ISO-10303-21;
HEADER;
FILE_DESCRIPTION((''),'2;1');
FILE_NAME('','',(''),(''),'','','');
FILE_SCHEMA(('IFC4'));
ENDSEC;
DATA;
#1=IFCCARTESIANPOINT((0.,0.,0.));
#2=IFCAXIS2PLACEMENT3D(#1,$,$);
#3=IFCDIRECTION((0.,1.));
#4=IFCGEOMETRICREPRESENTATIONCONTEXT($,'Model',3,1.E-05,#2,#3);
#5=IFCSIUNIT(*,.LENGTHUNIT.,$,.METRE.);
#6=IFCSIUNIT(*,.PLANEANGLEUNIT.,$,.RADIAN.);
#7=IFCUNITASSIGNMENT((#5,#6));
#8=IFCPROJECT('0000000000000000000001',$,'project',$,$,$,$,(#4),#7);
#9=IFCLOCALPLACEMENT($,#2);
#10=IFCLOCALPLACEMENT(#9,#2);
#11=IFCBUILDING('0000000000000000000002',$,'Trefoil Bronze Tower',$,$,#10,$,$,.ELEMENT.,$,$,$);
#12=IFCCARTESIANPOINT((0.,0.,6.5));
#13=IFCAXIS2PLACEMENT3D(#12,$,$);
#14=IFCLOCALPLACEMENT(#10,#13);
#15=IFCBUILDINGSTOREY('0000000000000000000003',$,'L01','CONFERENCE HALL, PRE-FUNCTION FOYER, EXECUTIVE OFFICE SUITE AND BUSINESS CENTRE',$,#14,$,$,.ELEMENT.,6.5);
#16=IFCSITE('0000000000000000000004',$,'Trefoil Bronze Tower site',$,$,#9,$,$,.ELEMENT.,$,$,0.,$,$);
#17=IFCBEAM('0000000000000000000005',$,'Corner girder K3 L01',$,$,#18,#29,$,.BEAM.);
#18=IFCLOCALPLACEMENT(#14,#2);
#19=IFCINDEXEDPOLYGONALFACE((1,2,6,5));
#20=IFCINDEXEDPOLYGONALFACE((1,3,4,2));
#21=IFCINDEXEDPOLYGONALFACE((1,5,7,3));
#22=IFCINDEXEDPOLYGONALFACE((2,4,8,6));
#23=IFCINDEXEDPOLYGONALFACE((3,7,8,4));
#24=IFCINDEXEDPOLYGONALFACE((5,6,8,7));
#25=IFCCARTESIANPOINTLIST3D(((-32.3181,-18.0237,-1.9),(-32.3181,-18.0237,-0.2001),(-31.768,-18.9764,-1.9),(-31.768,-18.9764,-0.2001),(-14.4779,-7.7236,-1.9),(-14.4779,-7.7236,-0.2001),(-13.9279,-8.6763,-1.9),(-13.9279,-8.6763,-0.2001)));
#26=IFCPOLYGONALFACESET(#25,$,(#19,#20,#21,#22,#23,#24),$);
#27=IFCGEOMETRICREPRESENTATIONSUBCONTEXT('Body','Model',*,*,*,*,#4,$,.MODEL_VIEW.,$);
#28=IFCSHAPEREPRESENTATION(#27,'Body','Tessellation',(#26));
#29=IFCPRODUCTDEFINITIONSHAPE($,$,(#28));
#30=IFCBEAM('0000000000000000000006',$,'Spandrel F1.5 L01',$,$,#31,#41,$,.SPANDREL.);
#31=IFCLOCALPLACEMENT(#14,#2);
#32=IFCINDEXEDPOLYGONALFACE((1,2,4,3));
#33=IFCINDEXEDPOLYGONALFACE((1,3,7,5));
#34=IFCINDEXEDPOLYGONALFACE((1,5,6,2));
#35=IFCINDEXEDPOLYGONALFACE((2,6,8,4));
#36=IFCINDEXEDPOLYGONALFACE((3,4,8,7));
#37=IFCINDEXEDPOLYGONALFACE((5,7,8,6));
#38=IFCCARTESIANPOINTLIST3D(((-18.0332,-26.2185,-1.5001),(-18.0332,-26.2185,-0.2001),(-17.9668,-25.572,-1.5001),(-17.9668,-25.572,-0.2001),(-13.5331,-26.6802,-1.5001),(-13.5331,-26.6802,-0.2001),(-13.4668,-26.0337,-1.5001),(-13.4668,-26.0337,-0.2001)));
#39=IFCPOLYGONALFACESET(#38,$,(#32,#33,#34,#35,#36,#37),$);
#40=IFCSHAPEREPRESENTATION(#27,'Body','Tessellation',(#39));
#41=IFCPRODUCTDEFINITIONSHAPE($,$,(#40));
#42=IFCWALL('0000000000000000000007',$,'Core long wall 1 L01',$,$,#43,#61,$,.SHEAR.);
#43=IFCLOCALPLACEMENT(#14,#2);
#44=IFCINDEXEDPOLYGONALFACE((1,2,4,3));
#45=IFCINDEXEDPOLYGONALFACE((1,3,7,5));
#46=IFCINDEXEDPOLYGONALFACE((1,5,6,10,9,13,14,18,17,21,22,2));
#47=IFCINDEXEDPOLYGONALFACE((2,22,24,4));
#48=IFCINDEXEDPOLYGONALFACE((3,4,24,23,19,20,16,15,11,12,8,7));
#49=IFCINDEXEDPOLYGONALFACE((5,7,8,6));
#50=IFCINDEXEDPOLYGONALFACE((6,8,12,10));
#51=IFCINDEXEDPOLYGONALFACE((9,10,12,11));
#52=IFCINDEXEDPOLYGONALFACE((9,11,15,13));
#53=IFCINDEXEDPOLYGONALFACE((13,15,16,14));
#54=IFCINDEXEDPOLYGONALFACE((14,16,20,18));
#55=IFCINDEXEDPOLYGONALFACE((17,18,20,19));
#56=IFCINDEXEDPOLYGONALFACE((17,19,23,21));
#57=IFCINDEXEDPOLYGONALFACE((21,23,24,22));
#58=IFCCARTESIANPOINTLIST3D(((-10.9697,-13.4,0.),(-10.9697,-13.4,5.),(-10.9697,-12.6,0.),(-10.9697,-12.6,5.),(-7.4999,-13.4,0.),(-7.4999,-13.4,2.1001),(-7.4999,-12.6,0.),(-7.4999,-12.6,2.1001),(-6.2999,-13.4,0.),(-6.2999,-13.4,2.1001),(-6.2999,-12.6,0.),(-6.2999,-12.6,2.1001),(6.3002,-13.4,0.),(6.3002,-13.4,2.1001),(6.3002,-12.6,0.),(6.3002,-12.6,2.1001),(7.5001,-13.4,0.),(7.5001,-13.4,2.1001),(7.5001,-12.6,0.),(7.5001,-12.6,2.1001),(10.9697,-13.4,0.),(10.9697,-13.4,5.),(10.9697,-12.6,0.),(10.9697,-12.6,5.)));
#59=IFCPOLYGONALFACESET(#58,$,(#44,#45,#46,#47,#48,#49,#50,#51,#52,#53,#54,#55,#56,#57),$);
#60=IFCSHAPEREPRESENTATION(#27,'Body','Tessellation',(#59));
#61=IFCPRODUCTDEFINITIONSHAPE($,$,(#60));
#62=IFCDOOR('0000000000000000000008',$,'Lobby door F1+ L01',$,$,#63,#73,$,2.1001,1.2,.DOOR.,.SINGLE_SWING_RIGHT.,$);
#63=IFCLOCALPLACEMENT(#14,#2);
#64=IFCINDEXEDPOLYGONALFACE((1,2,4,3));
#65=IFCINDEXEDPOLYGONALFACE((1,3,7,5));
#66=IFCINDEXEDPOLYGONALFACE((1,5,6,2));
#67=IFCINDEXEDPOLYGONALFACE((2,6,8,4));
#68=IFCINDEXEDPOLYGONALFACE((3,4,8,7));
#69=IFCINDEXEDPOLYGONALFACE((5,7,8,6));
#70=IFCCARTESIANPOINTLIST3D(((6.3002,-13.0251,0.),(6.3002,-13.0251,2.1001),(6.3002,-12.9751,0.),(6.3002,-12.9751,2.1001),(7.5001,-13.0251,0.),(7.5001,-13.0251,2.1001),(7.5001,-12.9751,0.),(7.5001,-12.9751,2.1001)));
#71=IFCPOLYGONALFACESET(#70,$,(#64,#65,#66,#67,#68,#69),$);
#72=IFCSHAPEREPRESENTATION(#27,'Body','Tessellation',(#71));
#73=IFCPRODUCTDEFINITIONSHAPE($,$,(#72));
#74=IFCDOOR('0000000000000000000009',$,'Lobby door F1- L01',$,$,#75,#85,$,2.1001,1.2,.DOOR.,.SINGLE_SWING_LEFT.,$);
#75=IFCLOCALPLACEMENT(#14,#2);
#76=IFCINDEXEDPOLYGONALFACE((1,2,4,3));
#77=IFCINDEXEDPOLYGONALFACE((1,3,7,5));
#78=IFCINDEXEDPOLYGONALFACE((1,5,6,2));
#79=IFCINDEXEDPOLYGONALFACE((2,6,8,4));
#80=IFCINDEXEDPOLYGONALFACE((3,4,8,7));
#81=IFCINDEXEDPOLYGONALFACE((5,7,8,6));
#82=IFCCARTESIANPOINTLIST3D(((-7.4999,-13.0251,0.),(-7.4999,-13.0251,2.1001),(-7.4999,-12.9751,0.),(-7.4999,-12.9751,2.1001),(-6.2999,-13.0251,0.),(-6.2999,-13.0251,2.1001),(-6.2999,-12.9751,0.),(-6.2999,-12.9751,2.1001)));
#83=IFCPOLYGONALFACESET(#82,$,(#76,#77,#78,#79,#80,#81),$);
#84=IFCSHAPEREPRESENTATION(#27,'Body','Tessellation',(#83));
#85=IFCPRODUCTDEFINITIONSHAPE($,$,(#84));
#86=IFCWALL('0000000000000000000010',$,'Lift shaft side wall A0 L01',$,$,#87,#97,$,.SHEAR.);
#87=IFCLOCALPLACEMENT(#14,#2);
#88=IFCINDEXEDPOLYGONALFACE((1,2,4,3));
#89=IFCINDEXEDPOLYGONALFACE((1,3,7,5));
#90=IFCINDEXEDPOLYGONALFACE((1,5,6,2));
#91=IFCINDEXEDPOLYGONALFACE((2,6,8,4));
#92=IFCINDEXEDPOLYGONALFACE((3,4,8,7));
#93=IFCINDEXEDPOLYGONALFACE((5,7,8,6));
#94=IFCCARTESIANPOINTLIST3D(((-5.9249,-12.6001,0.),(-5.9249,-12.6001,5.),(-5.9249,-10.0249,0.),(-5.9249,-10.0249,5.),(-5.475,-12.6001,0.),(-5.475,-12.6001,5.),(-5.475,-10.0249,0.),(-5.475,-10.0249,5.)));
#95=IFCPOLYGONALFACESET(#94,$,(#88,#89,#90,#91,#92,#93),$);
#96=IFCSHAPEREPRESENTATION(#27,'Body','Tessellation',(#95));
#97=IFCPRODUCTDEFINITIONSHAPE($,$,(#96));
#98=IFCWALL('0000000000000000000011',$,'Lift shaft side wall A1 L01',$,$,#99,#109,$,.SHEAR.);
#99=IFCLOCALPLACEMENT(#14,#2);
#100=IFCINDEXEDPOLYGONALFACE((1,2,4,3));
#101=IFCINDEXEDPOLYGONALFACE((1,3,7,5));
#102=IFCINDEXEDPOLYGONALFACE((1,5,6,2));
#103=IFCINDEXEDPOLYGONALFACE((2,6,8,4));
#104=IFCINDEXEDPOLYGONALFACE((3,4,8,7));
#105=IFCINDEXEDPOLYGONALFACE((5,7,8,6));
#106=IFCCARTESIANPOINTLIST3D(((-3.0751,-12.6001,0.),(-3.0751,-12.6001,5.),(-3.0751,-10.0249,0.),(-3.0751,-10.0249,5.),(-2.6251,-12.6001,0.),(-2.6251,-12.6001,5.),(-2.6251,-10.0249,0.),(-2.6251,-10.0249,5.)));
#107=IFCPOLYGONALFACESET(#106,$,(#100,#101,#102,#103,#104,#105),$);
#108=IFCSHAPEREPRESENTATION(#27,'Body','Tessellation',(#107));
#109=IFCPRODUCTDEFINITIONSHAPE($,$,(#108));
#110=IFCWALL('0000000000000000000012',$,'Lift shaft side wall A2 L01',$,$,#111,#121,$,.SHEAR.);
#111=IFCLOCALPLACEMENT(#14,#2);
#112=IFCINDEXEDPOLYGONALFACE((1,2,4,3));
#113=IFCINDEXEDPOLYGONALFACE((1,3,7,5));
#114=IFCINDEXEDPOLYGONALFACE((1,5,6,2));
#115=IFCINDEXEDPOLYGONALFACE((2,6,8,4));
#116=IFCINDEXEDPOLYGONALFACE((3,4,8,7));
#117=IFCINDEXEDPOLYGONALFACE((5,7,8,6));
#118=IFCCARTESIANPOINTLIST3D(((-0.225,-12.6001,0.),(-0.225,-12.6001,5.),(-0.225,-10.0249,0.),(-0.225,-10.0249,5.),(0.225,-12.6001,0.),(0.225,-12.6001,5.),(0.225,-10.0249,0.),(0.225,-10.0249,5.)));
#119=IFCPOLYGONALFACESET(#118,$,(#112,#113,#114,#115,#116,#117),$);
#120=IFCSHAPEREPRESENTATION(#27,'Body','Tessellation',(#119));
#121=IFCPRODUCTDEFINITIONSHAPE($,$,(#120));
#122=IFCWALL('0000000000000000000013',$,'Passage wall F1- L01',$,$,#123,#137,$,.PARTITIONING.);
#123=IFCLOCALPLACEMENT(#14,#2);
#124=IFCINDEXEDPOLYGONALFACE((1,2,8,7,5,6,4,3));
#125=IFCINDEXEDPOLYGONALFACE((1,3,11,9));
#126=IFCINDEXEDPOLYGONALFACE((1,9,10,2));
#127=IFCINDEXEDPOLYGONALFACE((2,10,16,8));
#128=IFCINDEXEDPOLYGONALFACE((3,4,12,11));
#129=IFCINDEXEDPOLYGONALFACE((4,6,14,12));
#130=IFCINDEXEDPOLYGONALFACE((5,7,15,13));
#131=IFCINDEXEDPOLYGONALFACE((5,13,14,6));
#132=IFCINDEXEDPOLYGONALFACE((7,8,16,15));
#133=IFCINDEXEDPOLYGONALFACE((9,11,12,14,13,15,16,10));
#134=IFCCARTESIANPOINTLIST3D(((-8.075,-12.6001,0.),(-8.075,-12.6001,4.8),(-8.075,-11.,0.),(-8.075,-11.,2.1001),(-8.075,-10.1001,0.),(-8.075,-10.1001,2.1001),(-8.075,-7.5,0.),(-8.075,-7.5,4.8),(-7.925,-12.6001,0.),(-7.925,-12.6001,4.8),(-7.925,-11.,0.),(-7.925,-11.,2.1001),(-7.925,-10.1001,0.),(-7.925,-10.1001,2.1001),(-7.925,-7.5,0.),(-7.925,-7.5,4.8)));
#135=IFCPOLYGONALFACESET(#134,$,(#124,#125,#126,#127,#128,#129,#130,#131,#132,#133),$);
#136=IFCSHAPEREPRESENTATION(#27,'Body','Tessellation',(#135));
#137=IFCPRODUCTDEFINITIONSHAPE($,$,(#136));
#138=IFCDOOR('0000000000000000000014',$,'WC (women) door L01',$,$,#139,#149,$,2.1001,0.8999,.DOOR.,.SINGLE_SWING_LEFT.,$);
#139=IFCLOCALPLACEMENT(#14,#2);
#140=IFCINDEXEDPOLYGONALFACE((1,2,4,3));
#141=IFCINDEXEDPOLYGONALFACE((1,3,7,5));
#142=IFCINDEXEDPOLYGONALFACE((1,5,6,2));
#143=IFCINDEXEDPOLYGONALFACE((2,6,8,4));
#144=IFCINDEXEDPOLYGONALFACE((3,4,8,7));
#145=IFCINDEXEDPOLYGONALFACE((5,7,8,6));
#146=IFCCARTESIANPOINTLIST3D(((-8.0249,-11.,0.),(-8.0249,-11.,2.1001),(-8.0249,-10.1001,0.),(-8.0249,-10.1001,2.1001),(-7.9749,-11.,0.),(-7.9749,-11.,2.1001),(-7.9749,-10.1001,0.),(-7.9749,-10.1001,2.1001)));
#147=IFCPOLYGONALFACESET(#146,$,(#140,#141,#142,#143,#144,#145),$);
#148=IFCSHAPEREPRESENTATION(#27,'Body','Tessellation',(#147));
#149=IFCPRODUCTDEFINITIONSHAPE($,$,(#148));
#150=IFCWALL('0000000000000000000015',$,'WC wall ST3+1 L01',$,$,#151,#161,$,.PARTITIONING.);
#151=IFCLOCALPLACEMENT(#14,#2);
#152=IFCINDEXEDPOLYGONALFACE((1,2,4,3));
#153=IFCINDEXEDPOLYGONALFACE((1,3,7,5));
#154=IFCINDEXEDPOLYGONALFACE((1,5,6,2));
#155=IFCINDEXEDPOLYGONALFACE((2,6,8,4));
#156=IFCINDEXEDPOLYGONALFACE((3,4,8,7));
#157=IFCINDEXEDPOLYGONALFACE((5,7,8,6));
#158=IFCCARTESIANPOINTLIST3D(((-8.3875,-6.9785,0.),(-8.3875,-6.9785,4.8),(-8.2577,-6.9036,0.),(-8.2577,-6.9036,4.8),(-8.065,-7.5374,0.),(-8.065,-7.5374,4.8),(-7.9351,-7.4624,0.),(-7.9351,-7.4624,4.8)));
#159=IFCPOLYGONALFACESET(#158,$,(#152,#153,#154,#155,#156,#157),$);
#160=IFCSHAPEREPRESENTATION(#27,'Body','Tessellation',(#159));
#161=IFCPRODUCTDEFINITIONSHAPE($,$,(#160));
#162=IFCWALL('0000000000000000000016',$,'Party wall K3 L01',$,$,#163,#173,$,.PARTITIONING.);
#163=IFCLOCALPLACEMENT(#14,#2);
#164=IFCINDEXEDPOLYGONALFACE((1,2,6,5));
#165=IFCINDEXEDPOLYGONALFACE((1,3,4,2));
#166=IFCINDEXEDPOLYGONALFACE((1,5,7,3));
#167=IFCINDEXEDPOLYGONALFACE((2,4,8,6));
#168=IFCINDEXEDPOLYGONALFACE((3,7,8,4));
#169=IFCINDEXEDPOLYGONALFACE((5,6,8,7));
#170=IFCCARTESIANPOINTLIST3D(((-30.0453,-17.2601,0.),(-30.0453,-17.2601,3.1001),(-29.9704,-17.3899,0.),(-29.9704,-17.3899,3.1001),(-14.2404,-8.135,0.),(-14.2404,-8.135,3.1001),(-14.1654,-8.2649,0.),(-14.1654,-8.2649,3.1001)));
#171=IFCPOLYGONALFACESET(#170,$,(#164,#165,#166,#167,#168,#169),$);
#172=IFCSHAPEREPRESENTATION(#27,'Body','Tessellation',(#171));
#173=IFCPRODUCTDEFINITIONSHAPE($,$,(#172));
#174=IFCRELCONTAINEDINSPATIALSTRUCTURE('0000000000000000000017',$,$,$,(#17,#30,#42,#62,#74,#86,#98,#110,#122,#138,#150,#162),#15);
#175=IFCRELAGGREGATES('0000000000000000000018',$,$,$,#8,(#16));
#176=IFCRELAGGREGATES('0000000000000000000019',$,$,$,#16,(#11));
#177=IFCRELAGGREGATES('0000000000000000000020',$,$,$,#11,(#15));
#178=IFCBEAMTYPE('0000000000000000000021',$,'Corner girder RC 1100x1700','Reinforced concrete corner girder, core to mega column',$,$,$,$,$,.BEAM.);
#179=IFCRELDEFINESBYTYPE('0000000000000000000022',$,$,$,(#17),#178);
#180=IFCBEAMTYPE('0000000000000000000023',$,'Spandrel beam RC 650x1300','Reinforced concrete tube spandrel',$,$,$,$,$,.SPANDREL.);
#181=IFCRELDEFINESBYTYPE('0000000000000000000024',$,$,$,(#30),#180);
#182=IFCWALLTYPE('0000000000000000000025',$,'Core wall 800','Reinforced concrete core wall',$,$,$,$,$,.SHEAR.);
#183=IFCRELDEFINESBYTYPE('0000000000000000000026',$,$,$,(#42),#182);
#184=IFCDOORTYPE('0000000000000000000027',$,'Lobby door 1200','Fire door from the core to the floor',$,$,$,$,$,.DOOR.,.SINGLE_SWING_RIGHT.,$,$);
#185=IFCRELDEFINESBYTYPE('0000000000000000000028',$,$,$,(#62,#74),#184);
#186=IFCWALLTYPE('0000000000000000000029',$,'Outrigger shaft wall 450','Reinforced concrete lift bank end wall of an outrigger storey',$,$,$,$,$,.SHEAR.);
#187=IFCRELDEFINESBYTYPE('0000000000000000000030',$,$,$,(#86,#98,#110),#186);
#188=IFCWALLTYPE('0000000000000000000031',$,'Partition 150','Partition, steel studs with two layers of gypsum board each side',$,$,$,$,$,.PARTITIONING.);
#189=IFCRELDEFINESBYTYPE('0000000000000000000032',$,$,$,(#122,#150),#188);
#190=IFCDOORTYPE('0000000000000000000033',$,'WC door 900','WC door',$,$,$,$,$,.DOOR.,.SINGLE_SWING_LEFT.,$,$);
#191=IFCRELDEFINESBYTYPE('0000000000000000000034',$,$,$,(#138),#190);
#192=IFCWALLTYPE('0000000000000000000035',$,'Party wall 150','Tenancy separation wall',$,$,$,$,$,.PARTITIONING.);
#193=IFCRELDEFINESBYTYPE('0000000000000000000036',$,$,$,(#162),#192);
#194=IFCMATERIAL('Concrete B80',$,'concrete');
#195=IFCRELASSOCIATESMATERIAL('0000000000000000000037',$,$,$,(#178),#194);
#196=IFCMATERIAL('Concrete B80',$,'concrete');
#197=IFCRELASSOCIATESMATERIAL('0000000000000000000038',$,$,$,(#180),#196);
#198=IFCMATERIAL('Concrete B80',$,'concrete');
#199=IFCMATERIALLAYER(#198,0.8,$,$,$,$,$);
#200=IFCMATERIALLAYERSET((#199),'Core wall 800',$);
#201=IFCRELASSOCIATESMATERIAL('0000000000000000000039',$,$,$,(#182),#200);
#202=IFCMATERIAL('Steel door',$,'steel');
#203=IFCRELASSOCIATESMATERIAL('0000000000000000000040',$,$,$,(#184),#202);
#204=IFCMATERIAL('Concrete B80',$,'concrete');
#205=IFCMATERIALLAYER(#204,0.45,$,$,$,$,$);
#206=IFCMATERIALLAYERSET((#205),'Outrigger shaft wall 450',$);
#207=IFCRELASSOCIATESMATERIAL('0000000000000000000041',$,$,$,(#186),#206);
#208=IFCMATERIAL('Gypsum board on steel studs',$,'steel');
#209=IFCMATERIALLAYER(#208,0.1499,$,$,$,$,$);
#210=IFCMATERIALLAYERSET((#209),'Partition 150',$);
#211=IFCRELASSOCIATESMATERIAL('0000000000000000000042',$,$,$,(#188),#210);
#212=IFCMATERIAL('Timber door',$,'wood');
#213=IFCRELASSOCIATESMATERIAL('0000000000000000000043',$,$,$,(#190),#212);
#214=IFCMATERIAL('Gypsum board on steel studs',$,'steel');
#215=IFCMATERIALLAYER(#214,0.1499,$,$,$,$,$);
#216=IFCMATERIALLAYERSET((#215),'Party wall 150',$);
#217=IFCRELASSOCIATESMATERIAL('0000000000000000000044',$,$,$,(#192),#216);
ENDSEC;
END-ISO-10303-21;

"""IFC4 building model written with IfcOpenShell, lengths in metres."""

from ifc_helpers import new_model, si_unit, direction, frame, frame_2d, origin, origin_2d, place, context, subcontext, project, spatial, rectangle, extrude, material, layer, layer_set, material_profile, profile_set, type_object, element, fill, save


model = new_model("IFC4")

# Units and contexts
model_context = context("Model", 3, precision=1e-05, world=origin(), true_north=direction((0.0, 1.0)))
body_context = subcontext(model_context, "Body", "Model", "MODEL_VIEW")
ifc_project = project(units=[si_unit("LENGTHUNIT", "METRE"), si_unit("PLANEANGLEUNIT", "RADIAN")], contexts=[model_context])

# Site, building, storey
site_placement = place(None, origin())
site = spatial("IfcSite", under=ifc_project, at=site_placement, Name="Trefoil Bronze Tower site", CompositionType="ELEMENT", RefElevation=0.0)
building_placement = place(site_placement, origin())
building = spatial("IfcBuilding", under=site, at=building_placement, Name="Trefoil Bronze Tower", CompositionType="ELEMENT")
storey_placement = place(building_placement, frame((0.0, 0.0, 6.5)))
storey = spatial("IfcBuildingStorey", under=building, at=storey_placement, Name="L01", Description="CONFERENCE HALL, PRE-FUNCTION FOYER, EXECUTIVE OFFICE SUITE AND BUSINESS CENTRE", CompositionType="ELEMENT", Elevation=6.5)

# Beams
ifc_material_1 = material(Name="Concrete B80", Category="concrete")
ifc_material_profile_1 = material_profile(ifc_material_1, rectangle(XDim=1.1001, YDim=1.7, at=origin_2d()), Name="RC 1100x1700")
ifc_profile_set_1 = profile_set([ifc_material_profile_1], Name="Concrete B80")
beam_type_1 = type_object("IfcBeamType", Name="Corner girder RC 1100x1700", Description="Reinforced concrete corner girder, core to mega column", PredefinedType="BEAM", material=ifc_profile_set_1)
beam_1_placement = place(storey_placement, frame((-14.2029, -8.2, -1.05), z_axis=(-0.866024, -0.500003, 0.0), x_axis=(0.500003, -0.866024, 0.0)))
element("IfcBeam", 1, at=beam_1_placement, inside=storey, type_object=beam_type_1, Name="Corner girder K3 L01", PredefinedType="BEAM", context=body_context, shape_type="SweptSolid", body=[
    extrude(rectangle(XDim=1.1001, YDim=1.7, at=origin_2d()), origin(), (0.0, 0.0, 1.0), 20.6001),
])
ifc_material_2 = material(Name="Concrete B80", Category="concrete")
ifc_material_profile_2 = material_profile(ifc_material_2, rectangle(XDim=0.6499, YDim=1.3, at=origin_2d()), Name="RC 650x1300")
ifc_profile_set_2 = profile_set([ifc_material_profile_2], Name="Concrete B80")
beam_type_2 = type_object("IfcBeamType", Name="Spandrel beam RC 650x1300", Description="Reinforced concrete tube spandrel", PredefinedType="SPANDREL", material=ifc_profile_set_2)
beam_2_placement = place(storey_placement, frame((-18.0, -25.8953, -0.8501), z_axis=(0.994778, -0.102058, 0.0), x_axis=(0.102058, 0.994778, 0.0)))
element("IfcBeam", 2, at=beam_2_placement, inside=storey, type_object=beam_type_2, Name="Spandrel F1.5 L01", PredefinedType="SPANDREL", context=body_context, shape_type="SweptSolid", body=[
    extrude(rectangle(XDim=0.6499, YDim=1.3, at=origin_2d()), origin(), (0.0, 0.0, 1.0), 4.5237),
])

# Wall, openings, doors
ifc_material_3 = material(Name="Concrete B80", Category="concrete")
ifc_layer_1 = layer(ifc_material_3, 0.8)
ifc_layer_set_1 = layer_set([ifc_layer_1], Name="Core wall 800")
wall_type_1 = type_object("IfcWallType", Name="Core wall 800", Description="Reinforced concrete core wall", PredefinedType="SHEAR", material=ifc_layer_set_1)
wall_1_placement = place(storey_placement, frame((-10.9697, -13.0, 0.0), z_axis=(0.0, 0.0, 1.0), x_axis=(1.0, 0.0, 0.0)))
wall_1 = element("IfcWall", 3, at=wall_1_placement, inside=storey, type_object=wall_type_1, Name="Core long wall 1 L01", PredefinedType="SHEAR", context=body_context, shape_type="SweptSolid", body=[
    extrude(rectangle(XDim=21.9395, YDim=0.8, at=frame_2d((10.9697, 0.0))), origin(), (0.0, 0.0, 1.0), 5.0),
])
opening_1_placement = place(wall_1_placement, frame((17.2698, 0.0, 0.0)))
opening_1 = element("IfcOpeningElement", 4, at=opening_1_placement, cuts=wall_1, PredefinedType="OPENING", context=body_context, shape_type="SweptSolid", body=[
    extrude(rectangle(XDim=1.2, YDim=2.1001, at=frame_2d((0.6001, 1.05))), frame((0.0, 0.4099, 0.0), z_axis=(0.0, -1.0, 0.0), x_axis=(1.0, 0.0, 0.0)), (0.0, 0.0, 1.0), 0.8201),
])
opening_2_placement = place(wall_1_placement, frame((3.4697, 0.0, 0.0)))
opening_2 = element("IfcOpeningElement", 5, at=opening_2_placement, cuts=wall_1, PredefinedType="OPENING", context=body_context, shape_type="SweptSolid", body=[
    extrude(rectangle(XDim=1.2, YDim=2.1001, at=frame_2d((0.6001, 1.05))), frame((0.0, 0.4099, 0.0), z_axis=(0.0, -1.0, 0.0), x_axis=(1.0, 0.0, 0.0)), (0.0, 0.0, 1.0), 0.8201),
])
ifc_material_4 = material(Name="Steel door", Category="steel")
door_type_1 = type_object("IfcDoorType", Name="Lobby door 1200", Description="Fire door from the core to the floor", OperationType="SINGLE_SWING_RIGHT", PredefinedType="DOOR", material=ifc_material_4)
door_1_placement = place(opening_1_placement, origin())
door_1 = element("IfcDoor", 6, at=door_1_placement, inside=storey, type_object=door_type_1, Name="Lobby door F1+ L01", OperationType="SINGLE_SWING_RIGHT", OverallHeight=2.1001, OverallWidth=1.2, PredefinedType="DOOR", context=body_context, shape_type="SweptSolid", body=[
    extrude(rectangle(XDim=1.2, YDim=2.1001, at=frame_2d((0.6001, 1.05))), frame((0.0, 0.0249, 0.0), z_axis=(0.0, -1.0, 0.0), x_axis=(1.0, 0.0, 0.0)), (0.0, 0.0, 1.0), 0.05),
])
fill(opening_1, door_1)
door_2_placement = place(opening_2_placement, origin())
door_2 = element("IfcDoor", 7, at=door_2_placement, inside=storey, type_object=door_type_1, Name="Lobby door F1- L01", OperationType="SINGLE_SWING_LEFT", OverallHeight=2.1001, OverallWidth=1.2, PredefinedType="DOOR", context=body_context, shape_type="SweptSolid", body=[
    extrude(rectangle(XDim=1.2, YDim=2.1001, at=frame_2d((0.6001, 1.05))), frame((0.0, 0.0249, 0.0), z_axis=(0.0, -1.0, 0.0), x_axis=(1.0, 0.0, 0.0)), (0.0, 0.0, 1.0), 0.05),
])
fill(opening_2, door_2)

# Walls
ifc_material_5 = material(Name="Concrete B80", Category="concrete")
ifc_layer_2 = layer(ifc_material_5, 0.45)
ifc_layer_set_2 = layer_set([ifc_layer_2], Name="Outrigger shaft wall 450")
wall_type_2 = type_object("IfcWallType", Name="Outrigger shaft wall 450", Description="Reinforced concrete lift bank end wall of an outrigger storey", PredefinedType="SHEAR", material=ifc_layer_set_2)
for number, where, z_axis, x_axis, name in (
    (8, (-5.7, -10.0249, 0.0), (0.0, 0.0, 1.0), (0.0, -1.0, 0.0), "Lift shaft side wall A0 L01"),
    (9, (-2.8501, -10.0249, 0.0), (0.0, 0.0, 1.0), (0.0, -1.0, 0.0), "Lift shaft side wall A1 L01"),
    (10, (0.0, -10.0249, 0.0), (0.0, 0.0, 1.0), (0.0, -1.0, 0.0), "Lift shaft side wall A2 L01"),
):
    element("IfcWall", number, at=place(storey_placement, frame(where, z_axis=z_axis, x_axis=x_axis)), inside=storey, type_object=wall_type_2, Name=name, PredefinedType="SHEAR", context=body_context, shape_type="SweptSolid", body=[
        extrude(rectangle(XDim=2.5752, YDim=0.45, at=frame_2d((1.2876, 0.0))), origin(), (0.0, 0.0, 1.0), 5.0),
    ])

# Wall, opening, door
ifc_material_6 = material(Name="Gypsum board on steel studs", Category="steel")
ifc_layer_3 = layer(ifc_material_6, 0.1499)
ifc_layer_set_3 = layer_set([ifc_layer_3], Name="Partition 150")
wall_type_3 = type_object("IfcWallType", Name="Partition 150", Description="Partition, steel studs with two layers of gypsum board each side", PredefinedType="PARTITIONING", material=ifc_layer_set_3)
wall_2_placement = place(storey_placement, frame((-8.0, -7.5, 0.0), z_axis=(0.0, 0.0, 1.0), x_axis=(0.0, -1.0, 0.0)))
wall_2 = element("IfcWall", 11, at=wall_2_placement, inside=storey, type_object=wall_type_3, Name="Passage wall F1- L01", PredefinedType="PARTITIONING", context=body_context, shape_type="SweptSolid", body=[
    extrude(rectangle(XDim=5.1001, YDim=0.1499, at=frame_2d((2.55, 0.0))), origin(), (0.0, 0.0, 1.0), 4.8),
])
opening_3_placement = place(wall_2_placement, frame((2.6001, 0.0, 0.0)))
opening_3 = element("IfcOpeningElement", 12, at=opening_3_placement, cuts=wall_2, PredefinedType="OPENING", context=body_context, shape_type="SweptSolid", body=[
    extrude(rectangle(XDim=0.8999, YDim=2.1001, at=frame_2d((0.45, 1.05))), frame((0.0, 0.085, 0.0), z_axis=(0.0, -1.0, 0.0), x_axis=(1.0, 0.0, 0.0)), (0.0, 0.0, 1.0), 0.1699),
])
ifc_material_7 = material(Name="Timber door", Category="wood")
door_type_2 = type_object("IfcDoorType", Name="WC door 900", Description="WC door", OperationType="SINGLE_SWING_LEFT", PredefinedType="DOOR", material=ifc_material_7)
door_3_placement = place(opening_3_placement, frame((0.8999, 0.0, 0.0), z_axis=(0.0, 0.0, 1.0), x_axis=(-1.0, 0.0, 0.0)))
door_3 = element("IfcDoor", 13, at=door_3_placement, inside=storey, type_object=door_type_2, Name="WC (women) door L01", OperationType="SINGLE_SWING_LEFT", OverallHeight=2.1001, OverallWidth=0.8999, PredefinedType="DOOR", context=body_context, shape_type="SweptSolid", body=[
    extrude(rectangle(XDim=0.8999, YDim=2.1001, at=frame_2d((0.45, 1.05))), frame((0.0, 0.0249, 0.0), z_axis=(0.0, -1.0, 0.0), x_axis=(1.0, 0.0, 0.0)), (0.0, 0.0, 1.0), 0.05),
])
fill(opening_3, door_3)

# Walls
wall_3_placement = place(storey_placement, frame((-8.0, -7.5, 0.0), z_axis=(0.0, 0.0, 1.0), x_axis=(-0.499843, 0.866116, 0.0)))
element("IfcWall", 14, at=wall_3_placement, inside=storey, type_object=wall_type_3, Name="WC wall ST3+1 L01", PredefinedType="PARTITIONING", context=body_context, shape_type="SweptSolid", body=[
    extrude(rectangle(XDim=0.6453, YDim=0.1499, at=frame_2d((0.3228, 0.0))), origin(), (0.0, 0.0, 1.0), 4.8),
])
ifc_material_8 = material(Name="Gypsum board on steel studs", Category="steel")
ifc_layer_4 = layer(ifc_material_8, 0.1499)
ifc_layer_set_4 = layer_set([ifc_layer_4], Name="Party wall 150")
wall_type_4 = type_object("IfcWallType", Name="Party wall 150", Description="Tenancy separation wall", PredefinedType="PARTITIONING", material=ifc_layer_set_4)
wall_4_placement = place(storey_placement, frame((-14.2029, -8.2, 0.0), z_axis=(0.0, 0.0, 1.0), x_axis=(-0.866025, -0.500001, 0.0)))
element("IfcWall", 15, at=wall_4_placement, inside=storey, type_object=wall_type_4, Name="Party wall K3 L01", PredefinedType="PARTITIONING", context=body_context, shape_type="SweptSolid", body=[
    extrude(rectangle(XDim=18.25, YDim=0.1499, at=frame_2d((9.125, 0.0))), origin(), (0.0, 0.0, 1.0), 3.1001),
])

save(model, "model.ifc")
